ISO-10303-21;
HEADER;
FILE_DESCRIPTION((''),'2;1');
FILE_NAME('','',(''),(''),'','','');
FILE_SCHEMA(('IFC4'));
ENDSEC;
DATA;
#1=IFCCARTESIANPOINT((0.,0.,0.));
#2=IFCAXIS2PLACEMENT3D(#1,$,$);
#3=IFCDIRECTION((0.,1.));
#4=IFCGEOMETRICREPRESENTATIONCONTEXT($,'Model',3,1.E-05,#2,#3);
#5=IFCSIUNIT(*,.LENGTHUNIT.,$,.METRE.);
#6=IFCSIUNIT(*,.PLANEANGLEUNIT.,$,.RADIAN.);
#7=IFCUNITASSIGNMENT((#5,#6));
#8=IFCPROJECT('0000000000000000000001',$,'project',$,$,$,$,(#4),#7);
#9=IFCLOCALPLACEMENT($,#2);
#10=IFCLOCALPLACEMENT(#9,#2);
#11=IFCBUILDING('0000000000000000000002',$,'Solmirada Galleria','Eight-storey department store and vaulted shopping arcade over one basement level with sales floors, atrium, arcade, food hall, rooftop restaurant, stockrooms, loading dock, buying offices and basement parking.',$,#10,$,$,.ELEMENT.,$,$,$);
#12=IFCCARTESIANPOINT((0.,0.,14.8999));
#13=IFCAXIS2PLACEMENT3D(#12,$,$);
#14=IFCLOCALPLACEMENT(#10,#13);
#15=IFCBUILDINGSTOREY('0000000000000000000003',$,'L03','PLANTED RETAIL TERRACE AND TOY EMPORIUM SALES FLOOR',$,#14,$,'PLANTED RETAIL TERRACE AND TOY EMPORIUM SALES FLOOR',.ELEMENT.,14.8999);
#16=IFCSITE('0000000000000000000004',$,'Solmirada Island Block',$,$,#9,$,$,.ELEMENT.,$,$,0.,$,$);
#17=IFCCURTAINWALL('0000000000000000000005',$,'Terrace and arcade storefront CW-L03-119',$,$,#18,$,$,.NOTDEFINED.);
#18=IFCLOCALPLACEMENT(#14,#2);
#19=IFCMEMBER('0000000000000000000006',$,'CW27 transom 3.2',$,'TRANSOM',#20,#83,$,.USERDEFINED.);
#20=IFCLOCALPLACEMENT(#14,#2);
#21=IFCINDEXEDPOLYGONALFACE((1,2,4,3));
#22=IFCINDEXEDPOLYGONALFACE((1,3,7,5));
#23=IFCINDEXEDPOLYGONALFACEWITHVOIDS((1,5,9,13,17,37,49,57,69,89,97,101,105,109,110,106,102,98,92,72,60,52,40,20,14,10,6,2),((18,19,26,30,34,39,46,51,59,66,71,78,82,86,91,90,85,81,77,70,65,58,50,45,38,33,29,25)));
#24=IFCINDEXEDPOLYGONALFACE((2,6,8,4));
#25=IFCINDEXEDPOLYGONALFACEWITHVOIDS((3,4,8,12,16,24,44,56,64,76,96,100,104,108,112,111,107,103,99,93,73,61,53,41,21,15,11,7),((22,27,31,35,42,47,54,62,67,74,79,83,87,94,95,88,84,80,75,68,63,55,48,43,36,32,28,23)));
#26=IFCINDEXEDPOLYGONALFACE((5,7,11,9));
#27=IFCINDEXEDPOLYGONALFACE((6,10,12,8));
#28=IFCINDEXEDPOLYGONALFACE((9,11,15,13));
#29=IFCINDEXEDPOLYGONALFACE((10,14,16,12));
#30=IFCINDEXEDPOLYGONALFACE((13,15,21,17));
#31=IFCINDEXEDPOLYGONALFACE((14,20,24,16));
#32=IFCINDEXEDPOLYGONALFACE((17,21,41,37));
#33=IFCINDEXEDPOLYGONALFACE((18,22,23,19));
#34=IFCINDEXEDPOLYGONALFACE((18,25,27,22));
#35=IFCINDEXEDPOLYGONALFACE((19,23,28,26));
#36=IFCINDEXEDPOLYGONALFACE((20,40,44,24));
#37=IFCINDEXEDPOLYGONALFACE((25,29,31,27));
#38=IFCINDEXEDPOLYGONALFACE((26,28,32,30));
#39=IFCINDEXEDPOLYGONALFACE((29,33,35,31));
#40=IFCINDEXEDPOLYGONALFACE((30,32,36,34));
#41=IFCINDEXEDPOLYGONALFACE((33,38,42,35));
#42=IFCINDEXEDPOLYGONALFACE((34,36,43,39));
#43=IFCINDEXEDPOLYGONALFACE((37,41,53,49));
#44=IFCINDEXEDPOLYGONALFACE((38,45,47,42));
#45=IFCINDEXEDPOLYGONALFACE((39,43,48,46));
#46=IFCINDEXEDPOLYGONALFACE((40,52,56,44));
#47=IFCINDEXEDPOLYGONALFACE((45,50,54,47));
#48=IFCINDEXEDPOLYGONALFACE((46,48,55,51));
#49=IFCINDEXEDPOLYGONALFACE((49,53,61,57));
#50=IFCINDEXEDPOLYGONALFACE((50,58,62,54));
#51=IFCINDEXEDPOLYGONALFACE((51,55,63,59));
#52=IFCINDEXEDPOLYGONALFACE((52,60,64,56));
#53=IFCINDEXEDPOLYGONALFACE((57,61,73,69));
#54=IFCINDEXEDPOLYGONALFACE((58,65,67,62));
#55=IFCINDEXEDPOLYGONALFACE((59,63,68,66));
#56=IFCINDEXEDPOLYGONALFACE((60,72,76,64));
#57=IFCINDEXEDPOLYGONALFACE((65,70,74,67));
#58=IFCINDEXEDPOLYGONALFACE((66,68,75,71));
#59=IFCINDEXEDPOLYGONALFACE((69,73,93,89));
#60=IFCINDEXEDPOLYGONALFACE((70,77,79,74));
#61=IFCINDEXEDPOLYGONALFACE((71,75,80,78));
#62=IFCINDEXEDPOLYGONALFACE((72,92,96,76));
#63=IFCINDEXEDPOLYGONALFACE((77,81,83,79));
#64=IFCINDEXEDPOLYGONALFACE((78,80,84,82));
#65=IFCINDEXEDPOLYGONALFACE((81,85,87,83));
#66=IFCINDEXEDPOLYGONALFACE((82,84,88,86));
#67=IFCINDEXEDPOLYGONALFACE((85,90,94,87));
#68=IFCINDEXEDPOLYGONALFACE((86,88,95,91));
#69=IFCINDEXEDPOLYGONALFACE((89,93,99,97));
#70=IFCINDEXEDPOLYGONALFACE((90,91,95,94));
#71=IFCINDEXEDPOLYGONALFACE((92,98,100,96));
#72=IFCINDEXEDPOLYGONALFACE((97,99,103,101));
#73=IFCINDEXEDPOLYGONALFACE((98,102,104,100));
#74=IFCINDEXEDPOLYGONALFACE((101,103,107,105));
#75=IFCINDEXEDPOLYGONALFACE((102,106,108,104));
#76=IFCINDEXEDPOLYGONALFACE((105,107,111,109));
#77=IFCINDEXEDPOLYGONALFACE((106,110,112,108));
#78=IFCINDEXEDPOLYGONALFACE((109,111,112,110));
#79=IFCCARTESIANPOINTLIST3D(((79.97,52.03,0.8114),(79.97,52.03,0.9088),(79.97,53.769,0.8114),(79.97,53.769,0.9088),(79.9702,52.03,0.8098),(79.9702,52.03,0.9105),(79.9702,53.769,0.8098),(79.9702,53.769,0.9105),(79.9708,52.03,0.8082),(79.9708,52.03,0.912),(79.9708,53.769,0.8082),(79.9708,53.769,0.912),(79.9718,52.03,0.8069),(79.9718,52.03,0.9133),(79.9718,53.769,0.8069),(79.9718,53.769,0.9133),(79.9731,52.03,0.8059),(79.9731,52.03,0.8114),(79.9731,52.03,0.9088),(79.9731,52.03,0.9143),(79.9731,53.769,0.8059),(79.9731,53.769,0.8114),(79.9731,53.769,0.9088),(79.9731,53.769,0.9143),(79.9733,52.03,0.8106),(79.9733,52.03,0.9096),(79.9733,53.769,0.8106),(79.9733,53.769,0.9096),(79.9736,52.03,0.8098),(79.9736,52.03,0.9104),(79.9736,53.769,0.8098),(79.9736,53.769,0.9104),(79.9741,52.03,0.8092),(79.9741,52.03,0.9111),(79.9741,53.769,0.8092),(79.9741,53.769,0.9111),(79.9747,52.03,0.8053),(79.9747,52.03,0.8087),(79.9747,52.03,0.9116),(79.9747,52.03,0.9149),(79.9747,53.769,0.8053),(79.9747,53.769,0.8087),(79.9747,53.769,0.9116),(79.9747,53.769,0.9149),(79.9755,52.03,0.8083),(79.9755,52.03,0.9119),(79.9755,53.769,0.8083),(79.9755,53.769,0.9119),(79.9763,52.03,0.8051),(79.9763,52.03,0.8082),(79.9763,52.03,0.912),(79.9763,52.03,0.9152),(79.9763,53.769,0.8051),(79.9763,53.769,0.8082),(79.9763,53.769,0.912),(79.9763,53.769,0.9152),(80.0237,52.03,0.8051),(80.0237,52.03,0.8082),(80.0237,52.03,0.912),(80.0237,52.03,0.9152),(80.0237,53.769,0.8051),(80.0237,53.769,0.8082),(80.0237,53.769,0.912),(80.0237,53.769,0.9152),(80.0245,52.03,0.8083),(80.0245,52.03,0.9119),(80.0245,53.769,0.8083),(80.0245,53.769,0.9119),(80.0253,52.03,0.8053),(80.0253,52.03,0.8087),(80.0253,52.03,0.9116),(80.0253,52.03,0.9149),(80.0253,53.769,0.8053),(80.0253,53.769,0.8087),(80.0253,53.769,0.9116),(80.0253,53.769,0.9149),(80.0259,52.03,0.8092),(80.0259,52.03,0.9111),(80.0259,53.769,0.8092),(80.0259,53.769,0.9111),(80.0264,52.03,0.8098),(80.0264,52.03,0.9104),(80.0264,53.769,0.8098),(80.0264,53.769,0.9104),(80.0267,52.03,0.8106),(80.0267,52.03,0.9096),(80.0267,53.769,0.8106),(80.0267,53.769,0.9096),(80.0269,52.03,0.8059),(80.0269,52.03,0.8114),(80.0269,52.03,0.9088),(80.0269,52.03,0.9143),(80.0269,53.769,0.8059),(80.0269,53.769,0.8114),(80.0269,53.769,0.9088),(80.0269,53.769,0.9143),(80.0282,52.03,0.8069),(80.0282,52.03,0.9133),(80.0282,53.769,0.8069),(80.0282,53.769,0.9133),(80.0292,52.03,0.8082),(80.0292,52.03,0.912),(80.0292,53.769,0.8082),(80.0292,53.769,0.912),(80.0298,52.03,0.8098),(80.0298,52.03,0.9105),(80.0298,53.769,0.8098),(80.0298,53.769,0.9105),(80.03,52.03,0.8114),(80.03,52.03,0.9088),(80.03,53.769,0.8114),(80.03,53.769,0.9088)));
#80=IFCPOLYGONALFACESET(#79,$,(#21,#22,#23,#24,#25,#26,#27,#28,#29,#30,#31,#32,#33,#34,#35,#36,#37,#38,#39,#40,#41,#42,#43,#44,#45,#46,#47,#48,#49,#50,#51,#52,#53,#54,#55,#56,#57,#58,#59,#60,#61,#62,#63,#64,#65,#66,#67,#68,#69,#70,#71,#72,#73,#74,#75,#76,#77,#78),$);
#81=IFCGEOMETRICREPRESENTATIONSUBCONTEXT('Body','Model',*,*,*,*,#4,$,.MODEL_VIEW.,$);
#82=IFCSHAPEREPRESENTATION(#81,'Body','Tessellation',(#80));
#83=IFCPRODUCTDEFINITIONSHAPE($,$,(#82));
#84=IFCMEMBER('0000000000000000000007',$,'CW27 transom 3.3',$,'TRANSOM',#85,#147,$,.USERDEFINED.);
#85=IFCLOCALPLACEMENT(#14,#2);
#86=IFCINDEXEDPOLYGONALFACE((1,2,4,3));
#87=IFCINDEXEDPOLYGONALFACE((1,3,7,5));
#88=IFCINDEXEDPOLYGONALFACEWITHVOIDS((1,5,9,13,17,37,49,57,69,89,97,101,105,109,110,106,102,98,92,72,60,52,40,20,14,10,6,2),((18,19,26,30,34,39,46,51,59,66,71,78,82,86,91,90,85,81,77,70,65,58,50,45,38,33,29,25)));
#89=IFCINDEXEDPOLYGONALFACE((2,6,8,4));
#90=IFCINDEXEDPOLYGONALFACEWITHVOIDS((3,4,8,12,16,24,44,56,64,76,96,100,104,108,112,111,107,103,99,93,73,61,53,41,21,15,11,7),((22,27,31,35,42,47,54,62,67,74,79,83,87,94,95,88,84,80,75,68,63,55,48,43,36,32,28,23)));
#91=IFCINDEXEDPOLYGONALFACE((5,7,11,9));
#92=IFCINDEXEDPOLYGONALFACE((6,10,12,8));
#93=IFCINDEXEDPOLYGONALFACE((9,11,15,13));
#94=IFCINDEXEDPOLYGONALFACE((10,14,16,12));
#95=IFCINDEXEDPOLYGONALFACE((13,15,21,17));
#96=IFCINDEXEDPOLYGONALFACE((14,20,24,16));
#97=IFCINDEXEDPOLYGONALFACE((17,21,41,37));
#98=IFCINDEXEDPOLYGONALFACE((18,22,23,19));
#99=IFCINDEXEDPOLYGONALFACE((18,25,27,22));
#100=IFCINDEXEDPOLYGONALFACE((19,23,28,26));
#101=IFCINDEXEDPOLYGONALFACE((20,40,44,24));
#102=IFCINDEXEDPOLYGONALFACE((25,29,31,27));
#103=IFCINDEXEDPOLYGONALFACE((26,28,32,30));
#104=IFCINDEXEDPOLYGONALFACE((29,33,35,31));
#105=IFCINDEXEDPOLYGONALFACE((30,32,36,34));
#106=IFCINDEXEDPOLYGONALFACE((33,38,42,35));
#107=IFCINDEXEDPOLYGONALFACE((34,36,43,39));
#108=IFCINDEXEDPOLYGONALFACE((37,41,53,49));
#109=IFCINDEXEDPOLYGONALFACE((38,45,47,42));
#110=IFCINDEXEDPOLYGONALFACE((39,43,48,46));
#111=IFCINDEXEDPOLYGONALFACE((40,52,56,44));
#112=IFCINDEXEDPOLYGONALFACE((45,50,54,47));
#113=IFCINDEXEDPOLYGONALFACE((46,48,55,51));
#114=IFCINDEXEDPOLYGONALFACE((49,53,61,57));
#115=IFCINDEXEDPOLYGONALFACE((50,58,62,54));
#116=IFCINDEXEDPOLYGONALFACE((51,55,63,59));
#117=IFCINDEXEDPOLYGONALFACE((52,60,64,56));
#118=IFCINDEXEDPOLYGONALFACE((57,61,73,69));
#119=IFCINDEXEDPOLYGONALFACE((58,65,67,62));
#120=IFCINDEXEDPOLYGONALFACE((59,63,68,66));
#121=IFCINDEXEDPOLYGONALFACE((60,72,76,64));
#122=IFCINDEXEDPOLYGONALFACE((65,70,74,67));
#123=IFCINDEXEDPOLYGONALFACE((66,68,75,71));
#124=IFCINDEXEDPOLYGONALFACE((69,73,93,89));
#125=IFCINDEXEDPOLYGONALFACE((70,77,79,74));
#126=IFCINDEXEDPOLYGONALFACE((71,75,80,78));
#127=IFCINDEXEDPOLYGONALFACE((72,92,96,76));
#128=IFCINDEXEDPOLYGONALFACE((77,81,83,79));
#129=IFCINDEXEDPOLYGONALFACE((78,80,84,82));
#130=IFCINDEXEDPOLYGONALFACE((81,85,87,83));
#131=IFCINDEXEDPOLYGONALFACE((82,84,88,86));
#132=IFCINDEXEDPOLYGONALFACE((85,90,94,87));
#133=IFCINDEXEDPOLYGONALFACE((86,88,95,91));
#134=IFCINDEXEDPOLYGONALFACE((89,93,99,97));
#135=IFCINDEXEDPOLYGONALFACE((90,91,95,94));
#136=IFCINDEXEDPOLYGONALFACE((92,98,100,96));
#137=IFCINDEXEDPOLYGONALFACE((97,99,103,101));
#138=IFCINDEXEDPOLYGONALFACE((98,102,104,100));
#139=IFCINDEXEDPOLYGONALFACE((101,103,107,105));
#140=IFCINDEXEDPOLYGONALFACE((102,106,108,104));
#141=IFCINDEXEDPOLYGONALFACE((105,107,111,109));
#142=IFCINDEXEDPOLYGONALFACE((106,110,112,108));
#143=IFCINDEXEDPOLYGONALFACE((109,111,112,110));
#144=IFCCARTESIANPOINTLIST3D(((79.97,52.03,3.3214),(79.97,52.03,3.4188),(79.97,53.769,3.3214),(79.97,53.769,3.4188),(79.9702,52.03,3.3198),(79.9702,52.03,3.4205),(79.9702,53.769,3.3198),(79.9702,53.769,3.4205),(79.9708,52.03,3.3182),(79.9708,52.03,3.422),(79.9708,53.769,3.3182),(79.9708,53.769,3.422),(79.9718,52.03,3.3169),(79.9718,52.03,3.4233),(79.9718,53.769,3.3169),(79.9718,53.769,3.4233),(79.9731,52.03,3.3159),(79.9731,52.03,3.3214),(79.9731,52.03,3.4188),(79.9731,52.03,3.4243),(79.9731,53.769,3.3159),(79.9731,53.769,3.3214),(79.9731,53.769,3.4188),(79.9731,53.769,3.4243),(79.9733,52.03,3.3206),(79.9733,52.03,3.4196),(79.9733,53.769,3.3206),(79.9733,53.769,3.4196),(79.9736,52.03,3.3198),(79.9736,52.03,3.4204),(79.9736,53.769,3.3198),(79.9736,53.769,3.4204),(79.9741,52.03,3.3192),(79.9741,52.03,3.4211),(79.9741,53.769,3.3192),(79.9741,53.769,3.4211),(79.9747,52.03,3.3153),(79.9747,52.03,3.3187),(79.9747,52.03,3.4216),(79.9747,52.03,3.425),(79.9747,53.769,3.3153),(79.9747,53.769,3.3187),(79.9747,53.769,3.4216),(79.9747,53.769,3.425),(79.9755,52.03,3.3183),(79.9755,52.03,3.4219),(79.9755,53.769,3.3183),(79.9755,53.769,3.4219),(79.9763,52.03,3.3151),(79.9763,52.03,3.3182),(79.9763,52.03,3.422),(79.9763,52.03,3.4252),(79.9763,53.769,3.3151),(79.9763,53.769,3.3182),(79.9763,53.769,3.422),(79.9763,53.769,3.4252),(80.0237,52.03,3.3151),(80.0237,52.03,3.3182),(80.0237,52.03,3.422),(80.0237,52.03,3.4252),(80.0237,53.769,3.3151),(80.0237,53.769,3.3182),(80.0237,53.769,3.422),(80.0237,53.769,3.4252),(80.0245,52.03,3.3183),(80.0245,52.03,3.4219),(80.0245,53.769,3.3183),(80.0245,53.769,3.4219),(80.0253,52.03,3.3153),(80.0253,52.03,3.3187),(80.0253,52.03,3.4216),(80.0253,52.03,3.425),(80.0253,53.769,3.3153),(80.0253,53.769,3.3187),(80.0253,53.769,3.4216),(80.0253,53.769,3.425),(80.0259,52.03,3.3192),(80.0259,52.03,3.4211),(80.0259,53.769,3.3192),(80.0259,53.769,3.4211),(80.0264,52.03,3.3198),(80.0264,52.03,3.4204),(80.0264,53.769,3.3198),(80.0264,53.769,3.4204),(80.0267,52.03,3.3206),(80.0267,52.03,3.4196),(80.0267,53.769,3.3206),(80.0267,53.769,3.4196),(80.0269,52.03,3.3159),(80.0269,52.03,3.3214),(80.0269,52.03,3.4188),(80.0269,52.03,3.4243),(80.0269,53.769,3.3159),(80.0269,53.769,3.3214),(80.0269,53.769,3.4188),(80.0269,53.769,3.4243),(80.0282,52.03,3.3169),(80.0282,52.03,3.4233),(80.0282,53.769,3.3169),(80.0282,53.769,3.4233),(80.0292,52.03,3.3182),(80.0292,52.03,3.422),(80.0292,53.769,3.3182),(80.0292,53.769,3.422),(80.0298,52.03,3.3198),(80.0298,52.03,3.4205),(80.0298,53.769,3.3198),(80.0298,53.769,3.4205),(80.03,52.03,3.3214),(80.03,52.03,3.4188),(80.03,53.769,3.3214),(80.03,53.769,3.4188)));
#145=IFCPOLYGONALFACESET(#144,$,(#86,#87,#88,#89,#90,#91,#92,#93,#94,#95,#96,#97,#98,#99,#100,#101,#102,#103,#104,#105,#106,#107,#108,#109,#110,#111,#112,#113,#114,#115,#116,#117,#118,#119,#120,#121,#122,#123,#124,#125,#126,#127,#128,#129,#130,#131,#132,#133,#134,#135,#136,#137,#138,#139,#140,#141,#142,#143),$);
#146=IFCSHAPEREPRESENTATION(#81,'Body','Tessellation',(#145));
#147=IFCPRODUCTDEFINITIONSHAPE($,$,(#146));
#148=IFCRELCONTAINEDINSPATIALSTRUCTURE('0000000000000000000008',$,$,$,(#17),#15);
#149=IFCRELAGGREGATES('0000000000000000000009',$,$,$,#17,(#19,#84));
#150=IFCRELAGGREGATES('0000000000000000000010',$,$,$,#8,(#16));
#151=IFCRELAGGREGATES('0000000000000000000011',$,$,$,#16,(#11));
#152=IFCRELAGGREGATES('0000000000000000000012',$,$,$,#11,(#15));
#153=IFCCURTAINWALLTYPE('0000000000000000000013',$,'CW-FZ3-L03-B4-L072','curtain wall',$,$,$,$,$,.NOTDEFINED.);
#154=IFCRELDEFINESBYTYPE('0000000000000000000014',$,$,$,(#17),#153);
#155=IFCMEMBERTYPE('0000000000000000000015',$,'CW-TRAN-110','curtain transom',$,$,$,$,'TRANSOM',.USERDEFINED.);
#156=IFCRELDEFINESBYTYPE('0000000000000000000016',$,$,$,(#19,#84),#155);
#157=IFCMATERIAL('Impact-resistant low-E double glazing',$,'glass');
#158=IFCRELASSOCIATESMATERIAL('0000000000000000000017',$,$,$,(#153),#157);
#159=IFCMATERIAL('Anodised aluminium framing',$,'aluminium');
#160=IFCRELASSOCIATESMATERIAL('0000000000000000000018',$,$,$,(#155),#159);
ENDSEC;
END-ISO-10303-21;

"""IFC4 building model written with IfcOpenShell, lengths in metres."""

from ifc_helpers import new_model, si_unit, direction, frame, origin, origin_2d, place, context, subcontext, project, spatial, hollow_rectangle, extrude, material, material_profile, profile_set, type_object, element, aggregate, save


model = new_model("IFC4")

# Units and contexts
model_context = context("Model", 3, precision=1e-05, world=origin(), true_north=direction((0.0, 1.0)))
body_context = subcontext(model_context, "Body", "Model", "MODEL_VIEW")
ifc_project = project(units=[si_unit("LENGTHUNIT", "METRE"), si_unit("PLANEANGLEUNIT", "RADIAN")], contexts=[model_context])

# Site, building, storey
site_placement = place(None, origin())
site = spatial("IfcSite", under=ifc_project, at=site_placement, Name="Solmirada Island Block", CompositionType="ELEMENT", RefElevation=0.0)
building_placement = place(site_placement, origin())
building = spatial("IfcBuilding", under=site, at=building_placement, Name="Solmirada Galleria", Description="Eight-storey department store and vaulted shopping arcade over one basement level with sales floors, atrium, arcade, food hall, rooftop restaurant, stockrooms, loading dock, buying offices and basement parking.", CompositionType="ELEMENT")
storey_placement = place(building_placement, frame((0.0, 0.0, 14.8999)))
storey = spatial("IfcBuildingStorey", under=building, at=storey_placement, Name="L03", Description="PLANTED RETAIL TERRACE AND TOY EMPORIUM SALES FLOOR", LongName="PLANTED RETAIL TERRACE AND TOY EMPORIUM SALES FLOOR", CompositionType="ELEMENT", Elevation=14.8999)

# Curtain wall
ifc_material_1 = material(Name="Impact-resistant low-E double glazing", Category="glass")
curtain_wall_type = type_object("IfcCurtainWallType", Name="CW-FZ3-L03-B4-L072", Description="curtain wall", PredefinedType="NOTDEFINED", material=ifc_material_1)
ifc_material_2 = material(Name="Anodised aluminium framing", Category="aluminium")
curtain_wall_1_placement = place(storey_placement, origin())
curtain_wall_1 = element("IfcCurtainWall", 1, at=curtain_wall_1_placement, inside=storey, type_object=curtain_wall_type, Name="Terrace and arcade storefront CW-L03-119", PredefinedType="NOTDEFINED")

# Members
ifc_material_profile_1 = material_profile(ifc_material_2, hollow_rectangle(XDim=0.0601, YDim=0.1101, WallThickness=0.0032, InnerFilletRadius=0.0032, OuterFilletRadius=0.0063, at=origin_2d()), Name="ALU-TRAN-110X60")
ifc_profile_set_1 = profile_set([ifc_material_profile_1], Name="Anodised aluminium framing")
member_type_1 = type_object("IfcMemberType", Name="CW-TRAN-110", Description="curtain transom", ElementType="TRANSOM", PredefinedType="USERDEFINED", material=ifc_profile_set_1)
member_1_placement = place(storey_placement, frame((80.0, 52.03, 0.8601), z_axis=(0.0, 1.0, 0.0), x_axis=(-1.0, 0.0, 0.0)))
member_1 = element("IfcMember", 2, at=member_1_placement, type_object=member_type_1, Name="CW27 transom 3.2", ObjectType="TRANSOM", PredefinedType="USERDEFINED", context=body_context, shape_type="SweptSolid", body=[
    extrude(hollow_rectangle(XDim=0.0601, YDim=0.1101, WallThickness=0.0032, InnerFilletRadius=0.0032, OuterFilletRadius=0.0063, at=origin_2d()), origin(), (0.0, 0.0, 1.0), 1.739),
])
member_2_placement = place(storey_placement, frame((80.0, 52.03, 3.3701), z_axis=(0.0, 1.0, 0.0), x_axis=(-1.0, 0.0, 0.0)))
member_2 = element("IfcMember", 3, at=member_2_placement, type_object=member_type_1, Name="CW27 transom 3.3", ObjectType="TRANSOM", PredefinedType="USERDEFINED", context=body_context, shape_type="SweptSolid", body=[
    extrude(hollow_rectangle(XDim=0.0601, YDim=0.1101, WallThickness=0.0032, InnerFilletRadius=0.0032, OuterFilletRadius=0.0063, at=origin_2d()), origin(), (0.0, 0.0, 1.0), 1.739),
])

aggregate(curtain_wall_1, [member_1, member_2])

save(model, "model.ifc")
